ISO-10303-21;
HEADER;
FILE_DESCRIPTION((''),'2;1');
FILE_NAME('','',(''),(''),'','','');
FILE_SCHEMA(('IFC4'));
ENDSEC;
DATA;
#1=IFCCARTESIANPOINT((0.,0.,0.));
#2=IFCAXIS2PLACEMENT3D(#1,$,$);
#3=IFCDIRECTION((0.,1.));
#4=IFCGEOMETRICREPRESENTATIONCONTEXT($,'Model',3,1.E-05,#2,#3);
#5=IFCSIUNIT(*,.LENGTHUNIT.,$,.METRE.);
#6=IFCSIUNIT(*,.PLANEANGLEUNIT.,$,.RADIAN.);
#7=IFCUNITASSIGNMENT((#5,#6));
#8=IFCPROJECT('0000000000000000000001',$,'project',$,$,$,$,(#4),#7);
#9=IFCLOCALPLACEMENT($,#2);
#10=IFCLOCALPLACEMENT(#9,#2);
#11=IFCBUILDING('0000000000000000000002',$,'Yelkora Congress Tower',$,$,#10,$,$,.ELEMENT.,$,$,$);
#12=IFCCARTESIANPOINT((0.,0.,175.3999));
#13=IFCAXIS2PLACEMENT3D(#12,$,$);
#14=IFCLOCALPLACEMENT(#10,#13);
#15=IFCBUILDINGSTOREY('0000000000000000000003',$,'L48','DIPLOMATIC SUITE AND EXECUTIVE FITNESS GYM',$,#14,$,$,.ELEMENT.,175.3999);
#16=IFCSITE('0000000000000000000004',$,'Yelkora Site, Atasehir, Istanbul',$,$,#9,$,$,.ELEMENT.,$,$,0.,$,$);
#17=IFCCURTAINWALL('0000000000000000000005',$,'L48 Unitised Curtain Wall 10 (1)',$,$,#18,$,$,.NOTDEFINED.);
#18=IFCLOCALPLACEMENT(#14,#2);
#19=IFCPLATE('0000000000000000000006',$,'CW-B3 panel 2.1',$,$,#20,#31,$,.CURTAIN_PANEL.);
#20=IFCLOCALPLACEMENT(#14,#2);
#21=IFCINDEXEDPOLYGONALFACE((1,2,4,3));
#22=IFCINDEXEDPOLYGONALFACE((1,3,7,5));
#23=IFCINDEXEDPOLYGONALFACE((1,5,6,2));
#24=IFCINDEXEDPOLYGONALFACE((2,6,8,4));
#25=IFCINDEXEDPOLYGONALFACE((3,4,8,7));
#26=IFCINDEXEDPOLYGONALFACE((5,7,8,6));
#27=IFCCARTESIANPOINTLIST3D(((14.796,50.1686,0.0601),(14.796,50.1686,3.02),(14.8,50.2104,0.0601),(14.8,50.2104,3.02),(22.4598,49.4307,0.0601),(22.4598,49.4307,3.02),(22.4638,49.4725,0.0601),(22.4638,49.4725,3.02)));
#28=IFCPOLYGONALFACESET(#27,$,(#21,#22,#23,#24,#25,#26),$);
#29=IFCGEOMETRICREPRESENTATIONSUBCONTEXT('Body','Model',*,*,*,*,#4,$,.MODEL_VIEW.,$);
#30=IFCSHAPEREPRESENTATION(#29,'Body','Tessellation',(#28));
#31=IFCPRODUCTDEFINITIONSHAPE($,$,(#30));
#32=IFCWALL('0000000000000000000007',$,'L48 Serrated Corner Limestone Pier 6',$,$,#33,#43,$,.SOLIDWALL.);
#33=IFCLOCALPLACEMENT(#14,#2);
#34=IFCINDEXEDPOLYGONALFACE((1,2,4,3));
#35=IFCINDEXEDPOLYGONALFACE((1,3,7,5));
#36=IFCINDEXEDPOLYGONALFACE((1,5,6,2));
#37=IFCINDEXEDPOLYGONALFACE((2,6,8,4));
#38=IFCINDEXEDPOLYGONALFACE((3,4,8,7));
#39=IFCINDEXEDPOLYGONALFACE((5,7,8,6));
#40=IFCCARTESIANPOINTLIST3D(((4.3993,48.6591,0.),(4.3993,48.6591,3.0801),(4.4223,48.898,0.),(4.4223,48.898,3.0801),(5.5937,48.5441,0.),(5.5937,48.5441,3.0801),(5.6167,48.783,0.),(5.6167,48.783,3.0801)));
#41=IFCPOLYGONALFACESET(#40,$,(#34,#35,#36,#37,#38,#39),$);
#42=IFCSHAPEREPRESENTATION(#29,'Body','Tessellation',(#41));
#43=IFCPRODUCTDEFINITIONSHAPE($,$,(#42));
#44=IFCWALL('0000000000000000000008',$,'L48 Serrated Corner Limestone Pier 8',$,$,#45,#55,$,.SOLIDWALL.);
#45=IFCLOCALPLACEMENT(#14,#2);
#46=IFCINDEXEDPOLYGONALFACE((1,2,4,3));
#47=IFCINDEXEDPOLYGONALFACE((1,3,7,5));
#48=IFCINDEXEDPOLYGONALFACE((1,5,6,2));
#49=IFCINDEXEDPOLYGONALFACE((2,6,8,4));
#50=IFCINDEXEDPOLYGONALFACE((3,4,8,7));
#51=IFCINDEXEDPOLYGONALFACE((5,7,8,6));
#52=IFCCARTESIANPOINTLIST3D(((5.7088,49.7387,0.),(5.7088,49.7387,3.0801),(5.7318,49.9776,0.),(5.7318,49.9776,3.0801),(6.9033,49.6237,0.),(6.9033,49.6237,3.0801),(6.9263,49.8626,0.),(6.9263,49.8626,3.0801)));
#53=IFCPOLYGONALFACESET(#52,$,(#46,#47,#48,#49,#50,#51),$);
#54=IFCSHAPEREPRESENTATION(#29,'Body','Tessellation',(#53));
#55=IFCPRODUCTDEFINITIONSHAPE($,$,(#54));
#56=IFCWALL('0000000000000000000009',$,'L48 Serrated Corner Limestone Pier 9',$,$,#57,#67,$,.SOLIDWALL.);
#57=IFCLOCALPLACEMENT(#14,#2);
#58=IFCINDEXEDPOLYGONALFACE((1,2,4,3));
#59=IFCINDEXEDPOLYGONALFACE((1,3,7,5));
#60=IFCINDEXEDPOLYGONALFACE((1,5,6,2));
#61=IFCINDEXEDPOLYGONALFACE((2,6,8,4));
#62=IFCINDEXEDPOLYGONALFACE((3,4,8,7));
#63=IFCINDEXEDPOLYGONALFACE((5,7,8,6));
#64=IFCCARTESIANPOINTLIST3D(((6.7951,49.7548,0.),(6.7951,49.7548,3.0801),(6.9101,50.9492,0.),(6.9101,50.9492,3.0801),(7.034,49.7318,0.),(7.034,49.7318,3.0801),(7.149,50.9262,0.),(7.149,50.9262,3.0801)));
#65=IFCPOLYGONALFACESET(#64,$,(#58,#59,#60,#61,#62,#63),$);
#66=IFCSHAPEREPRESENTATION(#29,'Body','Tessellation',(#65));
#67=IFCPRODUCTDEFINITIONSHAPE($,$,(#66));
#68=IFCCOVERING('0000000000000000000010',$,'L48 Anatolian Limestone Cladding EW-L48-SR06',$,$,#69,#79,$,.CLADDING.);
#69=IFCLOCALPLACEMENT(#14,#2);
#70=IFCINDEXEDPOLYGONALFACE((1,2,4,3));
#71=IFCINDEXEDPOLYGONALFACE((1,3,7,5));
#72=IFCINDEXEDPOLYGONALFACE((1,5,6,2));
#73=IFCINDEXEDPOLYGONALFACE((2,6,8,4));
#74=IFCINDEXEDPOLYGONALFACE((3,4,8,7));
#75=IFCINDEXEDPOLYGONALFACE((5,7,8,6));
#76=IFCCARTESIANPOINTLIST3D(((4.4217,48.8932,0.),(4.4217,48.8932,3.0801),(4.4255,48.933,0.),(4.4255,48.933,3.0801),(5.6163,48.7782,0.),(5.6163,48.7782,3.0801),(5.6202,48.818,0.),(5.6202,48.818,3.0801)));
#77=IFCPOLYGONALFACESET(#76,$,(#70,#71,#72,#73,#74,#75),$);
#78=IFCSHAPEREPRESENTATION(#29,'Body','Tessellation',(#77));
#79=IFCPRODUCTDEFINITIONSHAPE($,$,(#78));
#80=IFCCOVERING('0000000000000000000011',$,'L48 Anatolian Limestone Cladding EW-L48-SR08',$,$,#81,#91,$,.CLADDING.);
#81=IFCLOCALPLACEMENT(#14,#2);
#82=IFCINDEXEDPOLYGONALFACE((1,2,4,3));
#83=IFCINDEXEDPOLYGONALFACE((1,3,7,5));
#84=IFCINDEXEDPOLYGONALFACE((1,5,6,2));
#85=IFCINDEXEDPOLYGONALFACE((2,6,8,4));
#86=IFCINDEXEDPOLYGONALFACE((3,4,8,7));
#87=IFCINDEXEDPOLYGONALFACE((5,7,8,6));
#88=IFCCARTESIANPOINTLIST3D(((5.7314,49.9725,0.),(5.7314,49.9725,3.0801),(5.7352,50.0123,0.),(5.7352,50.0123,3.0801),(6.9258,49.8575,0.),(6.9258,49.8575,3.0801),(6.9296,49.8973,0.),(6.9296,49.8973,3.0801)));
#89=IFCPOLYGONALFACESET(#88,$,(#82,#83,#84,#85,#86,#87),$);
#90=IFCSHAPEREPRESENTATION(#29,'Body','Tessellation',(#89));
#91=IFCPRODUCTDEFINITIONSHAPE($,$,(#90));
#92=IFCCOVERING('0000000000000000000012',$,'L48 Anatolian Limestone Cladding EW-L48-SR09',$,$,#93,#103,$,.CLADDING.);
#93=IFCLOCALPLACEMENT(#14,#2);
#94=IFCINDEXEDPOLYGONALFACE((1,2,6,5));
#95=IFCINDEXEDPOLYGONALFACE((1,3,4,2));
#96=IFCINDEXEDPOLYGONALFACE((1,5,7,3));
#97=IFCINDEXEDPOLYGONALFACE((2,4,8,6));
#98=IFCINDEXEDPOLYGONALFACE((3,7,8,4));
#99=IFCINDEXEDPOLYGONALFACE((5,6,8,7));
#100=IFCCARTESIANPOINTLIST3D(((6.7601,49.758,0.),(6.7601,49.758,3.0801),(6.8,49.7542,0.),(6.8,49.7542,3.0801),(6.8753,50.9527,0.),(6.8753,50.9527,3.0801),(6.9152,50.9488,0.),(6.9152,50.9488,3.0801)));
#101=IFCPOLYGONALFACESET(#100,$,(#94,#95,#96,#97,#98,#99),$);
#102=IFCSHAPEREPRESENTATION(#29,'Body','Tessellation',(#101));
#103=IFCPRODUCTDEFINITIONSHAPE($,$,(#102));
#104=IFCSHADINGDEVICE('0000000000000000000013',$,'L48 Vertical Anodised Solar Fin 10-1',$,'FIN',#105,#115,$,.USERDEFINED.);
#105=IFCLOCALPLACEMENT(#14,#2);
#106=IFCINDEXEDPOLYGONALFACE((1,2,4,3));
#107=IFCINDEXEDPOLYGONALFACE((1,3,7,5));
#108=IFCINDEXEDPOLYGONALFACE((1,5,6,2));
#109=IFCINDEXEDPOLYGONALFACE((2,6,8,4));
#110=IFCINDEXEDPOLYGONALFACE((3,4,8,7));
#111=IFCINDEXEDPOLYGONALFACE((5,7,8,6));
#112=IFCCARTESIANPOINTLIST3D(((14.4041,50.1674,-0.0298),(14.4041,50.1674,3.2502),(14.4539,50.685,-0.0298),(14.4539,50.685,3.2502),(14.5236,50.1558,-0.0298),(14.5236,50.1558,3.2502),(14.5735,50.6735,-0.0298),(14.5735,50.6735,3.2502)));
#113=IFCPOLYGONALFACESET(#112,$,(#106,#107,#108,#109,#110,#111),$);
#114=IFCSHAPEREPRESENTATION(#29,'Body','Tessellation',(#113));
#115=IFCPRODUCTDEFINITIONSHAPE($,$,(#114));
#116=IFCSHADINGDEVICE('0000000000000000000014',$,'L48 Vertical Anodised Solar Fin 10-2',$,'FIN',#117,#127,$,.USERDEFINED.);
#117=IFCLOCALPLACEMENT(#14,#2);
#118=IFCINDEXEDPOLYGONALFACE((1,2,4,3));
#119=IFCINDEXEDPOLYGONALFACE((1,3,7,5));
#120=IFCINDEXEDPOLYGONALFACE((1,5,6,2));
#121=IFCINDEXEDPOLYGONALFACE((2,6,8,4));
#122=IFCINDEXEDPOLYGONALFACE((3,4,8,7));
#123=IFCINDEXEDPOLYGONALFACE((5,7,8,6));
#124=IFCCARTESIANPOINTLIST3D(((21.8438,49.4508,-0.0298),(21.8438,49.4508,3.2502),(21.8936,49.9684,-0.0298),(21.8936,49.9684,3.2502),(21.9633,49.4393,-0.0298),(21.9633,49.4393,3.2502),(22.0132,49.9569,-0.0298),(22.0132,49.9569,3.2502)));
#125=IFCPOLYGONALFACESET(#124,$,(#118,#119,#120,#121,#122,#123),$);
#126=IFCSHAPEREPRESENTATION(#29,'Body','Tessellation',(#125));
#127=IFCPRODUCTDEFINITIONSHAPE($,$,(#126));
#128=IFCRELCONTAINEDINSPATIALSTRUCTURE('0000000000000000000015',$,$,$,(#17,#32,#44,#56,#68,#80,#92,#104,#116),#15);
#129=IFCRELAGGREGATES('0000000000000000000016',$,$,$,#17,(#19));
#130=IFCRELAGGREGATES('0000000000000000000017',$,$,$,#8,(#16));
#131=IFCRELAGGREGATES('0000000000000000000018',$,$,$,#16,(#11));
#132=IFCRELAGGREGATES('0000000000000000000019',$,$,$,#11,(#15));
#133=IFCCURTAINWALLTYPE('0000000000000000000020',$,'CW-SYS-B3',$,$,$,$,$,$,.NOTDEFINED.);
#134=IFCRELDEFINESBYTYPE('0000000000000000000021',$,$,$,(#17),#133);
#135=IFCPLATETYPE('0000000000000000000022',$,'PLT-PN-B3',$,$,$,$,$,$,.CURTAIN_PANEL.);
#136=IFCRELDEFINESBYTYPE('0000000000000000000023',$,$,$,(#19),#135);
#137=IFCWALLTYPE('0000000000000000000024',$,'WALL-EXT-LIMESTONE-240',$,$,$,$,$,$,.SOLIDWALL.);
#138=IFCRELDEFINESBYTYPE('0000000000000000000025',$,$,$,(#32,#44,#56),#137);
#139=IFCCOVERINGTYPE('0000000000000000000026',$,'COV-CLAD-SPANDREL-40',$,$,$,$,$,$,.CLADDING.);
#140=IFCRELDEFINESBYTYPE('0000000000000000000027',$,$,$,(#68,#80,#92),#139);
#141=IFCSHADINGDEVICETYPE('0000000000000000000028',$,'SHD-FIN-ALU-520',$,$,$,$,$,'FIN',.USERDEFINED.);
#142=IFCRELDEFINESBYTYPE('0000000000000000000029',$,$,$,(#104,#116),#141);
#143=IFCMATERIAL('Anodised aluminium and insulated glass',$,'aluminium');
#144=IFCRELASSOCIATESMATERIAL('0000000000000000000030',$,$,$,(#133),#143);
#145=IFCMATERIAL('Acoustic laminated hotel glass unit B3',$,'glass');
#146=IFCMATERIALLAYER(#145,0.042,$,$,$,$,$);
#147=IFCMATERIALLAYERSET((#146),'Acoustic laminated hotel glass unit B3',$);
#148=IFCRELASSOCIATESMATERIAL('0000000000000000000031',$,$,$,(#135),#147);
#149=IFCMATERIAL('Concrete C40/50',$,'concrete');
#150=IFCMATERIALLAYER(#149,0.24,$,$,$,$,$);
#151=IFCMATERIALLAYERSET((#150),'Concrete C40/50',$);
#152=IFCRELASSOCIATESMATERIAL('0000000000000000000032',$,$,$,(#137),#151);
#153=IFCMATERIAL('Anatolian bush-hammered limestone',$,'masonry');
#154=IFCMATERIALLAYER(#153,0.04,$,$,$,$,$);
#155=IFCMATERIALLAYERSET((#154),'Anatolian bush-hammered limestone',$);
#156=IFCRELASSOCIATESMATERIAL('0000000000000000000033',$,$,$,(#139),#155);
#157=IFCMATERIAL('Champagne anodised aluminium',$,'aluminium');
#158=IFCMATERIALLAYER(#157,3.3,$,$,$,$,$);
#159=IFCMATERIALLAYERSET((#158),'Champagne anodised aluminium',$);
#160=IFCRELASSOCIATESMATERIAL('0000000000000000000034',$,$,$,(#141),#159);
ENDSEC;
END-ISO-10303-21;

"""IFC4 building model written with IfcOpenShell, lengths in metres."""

from ifc_helpers import new_model, si_unit, direction, frame, frame_2d, origin, origin_2d, place, context, subcontext, project, spatial, rectangle, extrude, material, layer, layer_set, type_object, element, aggregate, save


model = new_model("IFC4")

# Units and contexts
model_context = context("Model", 3, precision=1e-05, world=origin(), true_north=direction((0.0, 1.0)))
body_context = subcontext(model_context, "Body", "Model", "MODEL_VIEW")
ifc_project = project(units=[si_unit("LENGTHUNIT", "METRE"), si_unit("PLANEANGLEUNIT", "RADIAN")], contexts=[model_context])

# Site, building, storey
site_placement = place(None, origin())
site = spatial("IfcSite", under=ifc_project, at=site_placement, Name="Yelkora Site, Atasehir, Istanbul", CompositionType="ELEMENT", RefElevation=0.0)
building_placement = place(site_placement, origin())
building = spatial("IfcBuilding", under=site, at=building_placement, Name="Yelkora Congress Tower", CompositionType="ELEMENT")
storey_placement = place(building_placement, frame((0.0, 0.0, 175.3999)))
storey = spatial("IfcBuildingStorey", under=building, at=storey_placement, Name="L48", Description="DIPLOMATIC SUITE AND EXECUTIVE FITNESS GYM", CompositionType="ELEMENT", Elevation=175.3999)

# Curtain wall, plate
ifc_material_1 = material(Name="Anodised aluminium and insulated glass", Category="aluminium")
curtain_wall_type = type_object("IfcCurtainWallType", Name="CW-SYS-B3", PredefinedType="NOTDEFINED", material=ifc_material_1)
curtain_wall_placement = place(storey_placement, origin())
curtain_wall = element("IfcCurtainWall", 1, at=curtain_wall_placement, inside=storey, type_object=curtain_wall_type, Name="L48 Unitised Curtain Wall 10 (1)", PredefinedType="NOTDEFINED")
ifc_material_2 = material(Name="Acoustic laminated hotel glass unit B3", Category="glass")
ifc_layer_1 = layer(ifc_material_2, 0.042)
ifc_layer_set_1 = layer_set([ifc_layer_1], Name="Acoustic laminated hotel glass unit B3")
plate_type = type_object("IfcPlateType", Name="PLT-PN-B3", PredefinedType="CURTAIN_PANEL", material=ifc_layer_set_1)
plate_1_placement = place(storey_placement, frame((18.6299, 49.8206, 0.0601), z_axis=(0.0, 0.0, 1.0), x_axis=(0.995396, -0.095845, 0.0)))
plate_1 = element("IfcPlate", 2, at=plate_1_placement, type_object=plate_type, Name="CW-B3 panel 2.1", PredefinedType="CURTAIN_PANEL", context=body_context, shape_type="SweptSolid", body=[
    extrude(rectangle(XDim=7.6992, YDim=0.042, at=origin_2d()), origin(), (0.0, 0.0, 1.0), 2.96),
])
aggregate(curtain_wall, [plate_1])

# Walls
ifc_material_3 = material(Name="Concrete C40/50", Category="concrete")
ifc_layer_2 = layer(ifc_material_3, 0.24)
ifc_layer_set_2 = layer_set([ifc_layer_2], Name="Concrete C40/50")
wall_type = type_object("IfcWallType", Name="WALL-EXT-LIMESTONE-240", PredefinedType="SOLIDWALL", material=ifc_layer_set_2)
for number, where, z_axis, x_axis, name in (
    (3, (4.4106, 48.7786, 0.0), (0.0, 0.0, 1.0), (0.995397, -0.095836, 0.0), "L48 Serrated Corner Limestone Pier 6"),
    (4, (5.7202, 49.8582, 0.0), (0.0, 0.0, 1.0), (0.995397, -0.095836, 0.0), "L48 Serrated Corner Limestone Pier 8"),
    (5, (6.9146, 49.7432, 0.0), (0.0, 0.0, 1.0), (0.095836, 0.995397, 0.0), "L48 Serrated Corner Limestone Pier 9"),
):
    element("IfcWall", number, at=place(storey_placement, frame(where, z_axis=z_axis, x_axis=x_axis)), inside=storey, type_object=wall_type, Name=name, PredefinedType="SOLIDWALL", context=body_context, shape_type="SweptSolid", body=[
        extrude(rectangle(XDim=1.2, YDim=0.24, at=frame_2d((0.6001, 0.0))), origin(), (0.0, 0.0, 1.0), 3.0801),
    ])

# Coverings
ifc_material_4 = material(Name="Anatolian bush-hammered limestone", Category="masonry")
ifc_layer_3 = layer(ifc_material_4, 0.04)
ifc_layer_set_3 = layer_set([ifc_layer_3], Name="Anatolian bush-hammered limestone")
covering_type = type_object("IfcCoveringType", Name="COV-CLAD-SPANDREL-40", PredefinedType="CLADDING", material=ifc_layer_set_3)
covering_1_placement = place(storey_placement, frame((4.4236, 48.9131, 0.0), z_axis=(0.0, 0.0, 1.0), x_axis=(0.995399, -0.095817, 0.0)))
element("IfcCovering", 6, at=covering_1_placement, inside=storey, type_object=covering_type, Name="L48 Anatolian Limestone Cladding EW-L48-SR06", PredefinedType="CLADDING", context=body_context, shape_type="SweptSolid", body=[
    extrude(rectangle(XDim=1.2002, YDim=0.04, at=frame_2d((0.6001, 0.0))), origin(), (0.0, 0.0, 1.0), 3.0801),
])
covering_2_placement = place(storey_placement, frame((5.7332, 49.9924, 0.0), z_axis=(0.0, 0.0, 1.0), x_axis=(0.995397, -0.095836, 0.0)))
element("IfcCovering", 7, at=covering_2_placement, inside=storey, type_object=covering_type, Name="L48 Anatolian Limestone Cladding EW-L48-SR08", PredefinedType="CLADDING", context=body_context, shape_type="SweptSolid", body=[
    extrude(rectangle(XDim=1.2, YDim=0.04, at=frame_2d((0.6001, 0.0))), origin(), (0.0, 0.0, 1.0), 3.0801),
])
covering_3_placement = place(storey_placement, frame((6.78, 49.7561, 0.0), z_axis=(0.0, 0.0, 1.0), x_axis=(0.096019, 0.99538, 0.0)))
element("IfcCovering", 8, at=covering_3_placement, inside=storey, type_object=covering_type, Name="L48 Anatolian Limestone Cladding EW-L48-SR09", PredefinedType="CLADDING", context=body_context, shape_type="SweptSolid", body=[
    extrude(rectangle(XDim=1.2002, YDim=0.04, at=frame_2d((0.6001, 0.0))), origin(), (0.0, 0.0, 1.0), 3.0801),
])

# Shading devices
ifc_material_5 = material(Name="Champagne anodised aluminium", Category="aluminium")
ifc_layer_4 = layer(ifc_material_5, 3.3)
ifc_layer_set_4 = layer_set([ifc_layer_4], Name="Champagne anodised aluminium")
shading_device_type = type_object("IfcShadingDeviceType", Name="SHD-FIN-ALU-520", ElementType="FIN", PredefinedType="USERDEFINED", material=ifc_layer_set_4)
for number, where, z_axis, x_axis, name in (
    (9, (14.4888, 50.4204, -0.0298), (0.0, 0.0, 1.0), (0.995396, -0.095846, 0.0), "L48 Vertical Anodised Solar Fin 10-1"),
    (10, (21.9285, 49.7039, -0.0298), (0.0, 0.0, 1.0), (0.995396, -0.095846, 0.0), "L48 Vertical Anodised Solar Fin 10-2"),
):
    element("IfcShadingDevice", number, at=place(storey_placement, frame(where, z_axis=z_axis, x_axis=x_axis)), inside=storey, type_object=shading_device_type, Name=name, ObjectType="FIN", PredefinedType="USERDEFINED", context=body_context, shape_type="SweptSolid", body=[
        extrude(rectangle(XDim=0.1201, YDim=0.52, at=origin_2d()), origin(), (0.0, 0.0, 1.0), 3.28),
    ])

save(model, "model.ifc")
